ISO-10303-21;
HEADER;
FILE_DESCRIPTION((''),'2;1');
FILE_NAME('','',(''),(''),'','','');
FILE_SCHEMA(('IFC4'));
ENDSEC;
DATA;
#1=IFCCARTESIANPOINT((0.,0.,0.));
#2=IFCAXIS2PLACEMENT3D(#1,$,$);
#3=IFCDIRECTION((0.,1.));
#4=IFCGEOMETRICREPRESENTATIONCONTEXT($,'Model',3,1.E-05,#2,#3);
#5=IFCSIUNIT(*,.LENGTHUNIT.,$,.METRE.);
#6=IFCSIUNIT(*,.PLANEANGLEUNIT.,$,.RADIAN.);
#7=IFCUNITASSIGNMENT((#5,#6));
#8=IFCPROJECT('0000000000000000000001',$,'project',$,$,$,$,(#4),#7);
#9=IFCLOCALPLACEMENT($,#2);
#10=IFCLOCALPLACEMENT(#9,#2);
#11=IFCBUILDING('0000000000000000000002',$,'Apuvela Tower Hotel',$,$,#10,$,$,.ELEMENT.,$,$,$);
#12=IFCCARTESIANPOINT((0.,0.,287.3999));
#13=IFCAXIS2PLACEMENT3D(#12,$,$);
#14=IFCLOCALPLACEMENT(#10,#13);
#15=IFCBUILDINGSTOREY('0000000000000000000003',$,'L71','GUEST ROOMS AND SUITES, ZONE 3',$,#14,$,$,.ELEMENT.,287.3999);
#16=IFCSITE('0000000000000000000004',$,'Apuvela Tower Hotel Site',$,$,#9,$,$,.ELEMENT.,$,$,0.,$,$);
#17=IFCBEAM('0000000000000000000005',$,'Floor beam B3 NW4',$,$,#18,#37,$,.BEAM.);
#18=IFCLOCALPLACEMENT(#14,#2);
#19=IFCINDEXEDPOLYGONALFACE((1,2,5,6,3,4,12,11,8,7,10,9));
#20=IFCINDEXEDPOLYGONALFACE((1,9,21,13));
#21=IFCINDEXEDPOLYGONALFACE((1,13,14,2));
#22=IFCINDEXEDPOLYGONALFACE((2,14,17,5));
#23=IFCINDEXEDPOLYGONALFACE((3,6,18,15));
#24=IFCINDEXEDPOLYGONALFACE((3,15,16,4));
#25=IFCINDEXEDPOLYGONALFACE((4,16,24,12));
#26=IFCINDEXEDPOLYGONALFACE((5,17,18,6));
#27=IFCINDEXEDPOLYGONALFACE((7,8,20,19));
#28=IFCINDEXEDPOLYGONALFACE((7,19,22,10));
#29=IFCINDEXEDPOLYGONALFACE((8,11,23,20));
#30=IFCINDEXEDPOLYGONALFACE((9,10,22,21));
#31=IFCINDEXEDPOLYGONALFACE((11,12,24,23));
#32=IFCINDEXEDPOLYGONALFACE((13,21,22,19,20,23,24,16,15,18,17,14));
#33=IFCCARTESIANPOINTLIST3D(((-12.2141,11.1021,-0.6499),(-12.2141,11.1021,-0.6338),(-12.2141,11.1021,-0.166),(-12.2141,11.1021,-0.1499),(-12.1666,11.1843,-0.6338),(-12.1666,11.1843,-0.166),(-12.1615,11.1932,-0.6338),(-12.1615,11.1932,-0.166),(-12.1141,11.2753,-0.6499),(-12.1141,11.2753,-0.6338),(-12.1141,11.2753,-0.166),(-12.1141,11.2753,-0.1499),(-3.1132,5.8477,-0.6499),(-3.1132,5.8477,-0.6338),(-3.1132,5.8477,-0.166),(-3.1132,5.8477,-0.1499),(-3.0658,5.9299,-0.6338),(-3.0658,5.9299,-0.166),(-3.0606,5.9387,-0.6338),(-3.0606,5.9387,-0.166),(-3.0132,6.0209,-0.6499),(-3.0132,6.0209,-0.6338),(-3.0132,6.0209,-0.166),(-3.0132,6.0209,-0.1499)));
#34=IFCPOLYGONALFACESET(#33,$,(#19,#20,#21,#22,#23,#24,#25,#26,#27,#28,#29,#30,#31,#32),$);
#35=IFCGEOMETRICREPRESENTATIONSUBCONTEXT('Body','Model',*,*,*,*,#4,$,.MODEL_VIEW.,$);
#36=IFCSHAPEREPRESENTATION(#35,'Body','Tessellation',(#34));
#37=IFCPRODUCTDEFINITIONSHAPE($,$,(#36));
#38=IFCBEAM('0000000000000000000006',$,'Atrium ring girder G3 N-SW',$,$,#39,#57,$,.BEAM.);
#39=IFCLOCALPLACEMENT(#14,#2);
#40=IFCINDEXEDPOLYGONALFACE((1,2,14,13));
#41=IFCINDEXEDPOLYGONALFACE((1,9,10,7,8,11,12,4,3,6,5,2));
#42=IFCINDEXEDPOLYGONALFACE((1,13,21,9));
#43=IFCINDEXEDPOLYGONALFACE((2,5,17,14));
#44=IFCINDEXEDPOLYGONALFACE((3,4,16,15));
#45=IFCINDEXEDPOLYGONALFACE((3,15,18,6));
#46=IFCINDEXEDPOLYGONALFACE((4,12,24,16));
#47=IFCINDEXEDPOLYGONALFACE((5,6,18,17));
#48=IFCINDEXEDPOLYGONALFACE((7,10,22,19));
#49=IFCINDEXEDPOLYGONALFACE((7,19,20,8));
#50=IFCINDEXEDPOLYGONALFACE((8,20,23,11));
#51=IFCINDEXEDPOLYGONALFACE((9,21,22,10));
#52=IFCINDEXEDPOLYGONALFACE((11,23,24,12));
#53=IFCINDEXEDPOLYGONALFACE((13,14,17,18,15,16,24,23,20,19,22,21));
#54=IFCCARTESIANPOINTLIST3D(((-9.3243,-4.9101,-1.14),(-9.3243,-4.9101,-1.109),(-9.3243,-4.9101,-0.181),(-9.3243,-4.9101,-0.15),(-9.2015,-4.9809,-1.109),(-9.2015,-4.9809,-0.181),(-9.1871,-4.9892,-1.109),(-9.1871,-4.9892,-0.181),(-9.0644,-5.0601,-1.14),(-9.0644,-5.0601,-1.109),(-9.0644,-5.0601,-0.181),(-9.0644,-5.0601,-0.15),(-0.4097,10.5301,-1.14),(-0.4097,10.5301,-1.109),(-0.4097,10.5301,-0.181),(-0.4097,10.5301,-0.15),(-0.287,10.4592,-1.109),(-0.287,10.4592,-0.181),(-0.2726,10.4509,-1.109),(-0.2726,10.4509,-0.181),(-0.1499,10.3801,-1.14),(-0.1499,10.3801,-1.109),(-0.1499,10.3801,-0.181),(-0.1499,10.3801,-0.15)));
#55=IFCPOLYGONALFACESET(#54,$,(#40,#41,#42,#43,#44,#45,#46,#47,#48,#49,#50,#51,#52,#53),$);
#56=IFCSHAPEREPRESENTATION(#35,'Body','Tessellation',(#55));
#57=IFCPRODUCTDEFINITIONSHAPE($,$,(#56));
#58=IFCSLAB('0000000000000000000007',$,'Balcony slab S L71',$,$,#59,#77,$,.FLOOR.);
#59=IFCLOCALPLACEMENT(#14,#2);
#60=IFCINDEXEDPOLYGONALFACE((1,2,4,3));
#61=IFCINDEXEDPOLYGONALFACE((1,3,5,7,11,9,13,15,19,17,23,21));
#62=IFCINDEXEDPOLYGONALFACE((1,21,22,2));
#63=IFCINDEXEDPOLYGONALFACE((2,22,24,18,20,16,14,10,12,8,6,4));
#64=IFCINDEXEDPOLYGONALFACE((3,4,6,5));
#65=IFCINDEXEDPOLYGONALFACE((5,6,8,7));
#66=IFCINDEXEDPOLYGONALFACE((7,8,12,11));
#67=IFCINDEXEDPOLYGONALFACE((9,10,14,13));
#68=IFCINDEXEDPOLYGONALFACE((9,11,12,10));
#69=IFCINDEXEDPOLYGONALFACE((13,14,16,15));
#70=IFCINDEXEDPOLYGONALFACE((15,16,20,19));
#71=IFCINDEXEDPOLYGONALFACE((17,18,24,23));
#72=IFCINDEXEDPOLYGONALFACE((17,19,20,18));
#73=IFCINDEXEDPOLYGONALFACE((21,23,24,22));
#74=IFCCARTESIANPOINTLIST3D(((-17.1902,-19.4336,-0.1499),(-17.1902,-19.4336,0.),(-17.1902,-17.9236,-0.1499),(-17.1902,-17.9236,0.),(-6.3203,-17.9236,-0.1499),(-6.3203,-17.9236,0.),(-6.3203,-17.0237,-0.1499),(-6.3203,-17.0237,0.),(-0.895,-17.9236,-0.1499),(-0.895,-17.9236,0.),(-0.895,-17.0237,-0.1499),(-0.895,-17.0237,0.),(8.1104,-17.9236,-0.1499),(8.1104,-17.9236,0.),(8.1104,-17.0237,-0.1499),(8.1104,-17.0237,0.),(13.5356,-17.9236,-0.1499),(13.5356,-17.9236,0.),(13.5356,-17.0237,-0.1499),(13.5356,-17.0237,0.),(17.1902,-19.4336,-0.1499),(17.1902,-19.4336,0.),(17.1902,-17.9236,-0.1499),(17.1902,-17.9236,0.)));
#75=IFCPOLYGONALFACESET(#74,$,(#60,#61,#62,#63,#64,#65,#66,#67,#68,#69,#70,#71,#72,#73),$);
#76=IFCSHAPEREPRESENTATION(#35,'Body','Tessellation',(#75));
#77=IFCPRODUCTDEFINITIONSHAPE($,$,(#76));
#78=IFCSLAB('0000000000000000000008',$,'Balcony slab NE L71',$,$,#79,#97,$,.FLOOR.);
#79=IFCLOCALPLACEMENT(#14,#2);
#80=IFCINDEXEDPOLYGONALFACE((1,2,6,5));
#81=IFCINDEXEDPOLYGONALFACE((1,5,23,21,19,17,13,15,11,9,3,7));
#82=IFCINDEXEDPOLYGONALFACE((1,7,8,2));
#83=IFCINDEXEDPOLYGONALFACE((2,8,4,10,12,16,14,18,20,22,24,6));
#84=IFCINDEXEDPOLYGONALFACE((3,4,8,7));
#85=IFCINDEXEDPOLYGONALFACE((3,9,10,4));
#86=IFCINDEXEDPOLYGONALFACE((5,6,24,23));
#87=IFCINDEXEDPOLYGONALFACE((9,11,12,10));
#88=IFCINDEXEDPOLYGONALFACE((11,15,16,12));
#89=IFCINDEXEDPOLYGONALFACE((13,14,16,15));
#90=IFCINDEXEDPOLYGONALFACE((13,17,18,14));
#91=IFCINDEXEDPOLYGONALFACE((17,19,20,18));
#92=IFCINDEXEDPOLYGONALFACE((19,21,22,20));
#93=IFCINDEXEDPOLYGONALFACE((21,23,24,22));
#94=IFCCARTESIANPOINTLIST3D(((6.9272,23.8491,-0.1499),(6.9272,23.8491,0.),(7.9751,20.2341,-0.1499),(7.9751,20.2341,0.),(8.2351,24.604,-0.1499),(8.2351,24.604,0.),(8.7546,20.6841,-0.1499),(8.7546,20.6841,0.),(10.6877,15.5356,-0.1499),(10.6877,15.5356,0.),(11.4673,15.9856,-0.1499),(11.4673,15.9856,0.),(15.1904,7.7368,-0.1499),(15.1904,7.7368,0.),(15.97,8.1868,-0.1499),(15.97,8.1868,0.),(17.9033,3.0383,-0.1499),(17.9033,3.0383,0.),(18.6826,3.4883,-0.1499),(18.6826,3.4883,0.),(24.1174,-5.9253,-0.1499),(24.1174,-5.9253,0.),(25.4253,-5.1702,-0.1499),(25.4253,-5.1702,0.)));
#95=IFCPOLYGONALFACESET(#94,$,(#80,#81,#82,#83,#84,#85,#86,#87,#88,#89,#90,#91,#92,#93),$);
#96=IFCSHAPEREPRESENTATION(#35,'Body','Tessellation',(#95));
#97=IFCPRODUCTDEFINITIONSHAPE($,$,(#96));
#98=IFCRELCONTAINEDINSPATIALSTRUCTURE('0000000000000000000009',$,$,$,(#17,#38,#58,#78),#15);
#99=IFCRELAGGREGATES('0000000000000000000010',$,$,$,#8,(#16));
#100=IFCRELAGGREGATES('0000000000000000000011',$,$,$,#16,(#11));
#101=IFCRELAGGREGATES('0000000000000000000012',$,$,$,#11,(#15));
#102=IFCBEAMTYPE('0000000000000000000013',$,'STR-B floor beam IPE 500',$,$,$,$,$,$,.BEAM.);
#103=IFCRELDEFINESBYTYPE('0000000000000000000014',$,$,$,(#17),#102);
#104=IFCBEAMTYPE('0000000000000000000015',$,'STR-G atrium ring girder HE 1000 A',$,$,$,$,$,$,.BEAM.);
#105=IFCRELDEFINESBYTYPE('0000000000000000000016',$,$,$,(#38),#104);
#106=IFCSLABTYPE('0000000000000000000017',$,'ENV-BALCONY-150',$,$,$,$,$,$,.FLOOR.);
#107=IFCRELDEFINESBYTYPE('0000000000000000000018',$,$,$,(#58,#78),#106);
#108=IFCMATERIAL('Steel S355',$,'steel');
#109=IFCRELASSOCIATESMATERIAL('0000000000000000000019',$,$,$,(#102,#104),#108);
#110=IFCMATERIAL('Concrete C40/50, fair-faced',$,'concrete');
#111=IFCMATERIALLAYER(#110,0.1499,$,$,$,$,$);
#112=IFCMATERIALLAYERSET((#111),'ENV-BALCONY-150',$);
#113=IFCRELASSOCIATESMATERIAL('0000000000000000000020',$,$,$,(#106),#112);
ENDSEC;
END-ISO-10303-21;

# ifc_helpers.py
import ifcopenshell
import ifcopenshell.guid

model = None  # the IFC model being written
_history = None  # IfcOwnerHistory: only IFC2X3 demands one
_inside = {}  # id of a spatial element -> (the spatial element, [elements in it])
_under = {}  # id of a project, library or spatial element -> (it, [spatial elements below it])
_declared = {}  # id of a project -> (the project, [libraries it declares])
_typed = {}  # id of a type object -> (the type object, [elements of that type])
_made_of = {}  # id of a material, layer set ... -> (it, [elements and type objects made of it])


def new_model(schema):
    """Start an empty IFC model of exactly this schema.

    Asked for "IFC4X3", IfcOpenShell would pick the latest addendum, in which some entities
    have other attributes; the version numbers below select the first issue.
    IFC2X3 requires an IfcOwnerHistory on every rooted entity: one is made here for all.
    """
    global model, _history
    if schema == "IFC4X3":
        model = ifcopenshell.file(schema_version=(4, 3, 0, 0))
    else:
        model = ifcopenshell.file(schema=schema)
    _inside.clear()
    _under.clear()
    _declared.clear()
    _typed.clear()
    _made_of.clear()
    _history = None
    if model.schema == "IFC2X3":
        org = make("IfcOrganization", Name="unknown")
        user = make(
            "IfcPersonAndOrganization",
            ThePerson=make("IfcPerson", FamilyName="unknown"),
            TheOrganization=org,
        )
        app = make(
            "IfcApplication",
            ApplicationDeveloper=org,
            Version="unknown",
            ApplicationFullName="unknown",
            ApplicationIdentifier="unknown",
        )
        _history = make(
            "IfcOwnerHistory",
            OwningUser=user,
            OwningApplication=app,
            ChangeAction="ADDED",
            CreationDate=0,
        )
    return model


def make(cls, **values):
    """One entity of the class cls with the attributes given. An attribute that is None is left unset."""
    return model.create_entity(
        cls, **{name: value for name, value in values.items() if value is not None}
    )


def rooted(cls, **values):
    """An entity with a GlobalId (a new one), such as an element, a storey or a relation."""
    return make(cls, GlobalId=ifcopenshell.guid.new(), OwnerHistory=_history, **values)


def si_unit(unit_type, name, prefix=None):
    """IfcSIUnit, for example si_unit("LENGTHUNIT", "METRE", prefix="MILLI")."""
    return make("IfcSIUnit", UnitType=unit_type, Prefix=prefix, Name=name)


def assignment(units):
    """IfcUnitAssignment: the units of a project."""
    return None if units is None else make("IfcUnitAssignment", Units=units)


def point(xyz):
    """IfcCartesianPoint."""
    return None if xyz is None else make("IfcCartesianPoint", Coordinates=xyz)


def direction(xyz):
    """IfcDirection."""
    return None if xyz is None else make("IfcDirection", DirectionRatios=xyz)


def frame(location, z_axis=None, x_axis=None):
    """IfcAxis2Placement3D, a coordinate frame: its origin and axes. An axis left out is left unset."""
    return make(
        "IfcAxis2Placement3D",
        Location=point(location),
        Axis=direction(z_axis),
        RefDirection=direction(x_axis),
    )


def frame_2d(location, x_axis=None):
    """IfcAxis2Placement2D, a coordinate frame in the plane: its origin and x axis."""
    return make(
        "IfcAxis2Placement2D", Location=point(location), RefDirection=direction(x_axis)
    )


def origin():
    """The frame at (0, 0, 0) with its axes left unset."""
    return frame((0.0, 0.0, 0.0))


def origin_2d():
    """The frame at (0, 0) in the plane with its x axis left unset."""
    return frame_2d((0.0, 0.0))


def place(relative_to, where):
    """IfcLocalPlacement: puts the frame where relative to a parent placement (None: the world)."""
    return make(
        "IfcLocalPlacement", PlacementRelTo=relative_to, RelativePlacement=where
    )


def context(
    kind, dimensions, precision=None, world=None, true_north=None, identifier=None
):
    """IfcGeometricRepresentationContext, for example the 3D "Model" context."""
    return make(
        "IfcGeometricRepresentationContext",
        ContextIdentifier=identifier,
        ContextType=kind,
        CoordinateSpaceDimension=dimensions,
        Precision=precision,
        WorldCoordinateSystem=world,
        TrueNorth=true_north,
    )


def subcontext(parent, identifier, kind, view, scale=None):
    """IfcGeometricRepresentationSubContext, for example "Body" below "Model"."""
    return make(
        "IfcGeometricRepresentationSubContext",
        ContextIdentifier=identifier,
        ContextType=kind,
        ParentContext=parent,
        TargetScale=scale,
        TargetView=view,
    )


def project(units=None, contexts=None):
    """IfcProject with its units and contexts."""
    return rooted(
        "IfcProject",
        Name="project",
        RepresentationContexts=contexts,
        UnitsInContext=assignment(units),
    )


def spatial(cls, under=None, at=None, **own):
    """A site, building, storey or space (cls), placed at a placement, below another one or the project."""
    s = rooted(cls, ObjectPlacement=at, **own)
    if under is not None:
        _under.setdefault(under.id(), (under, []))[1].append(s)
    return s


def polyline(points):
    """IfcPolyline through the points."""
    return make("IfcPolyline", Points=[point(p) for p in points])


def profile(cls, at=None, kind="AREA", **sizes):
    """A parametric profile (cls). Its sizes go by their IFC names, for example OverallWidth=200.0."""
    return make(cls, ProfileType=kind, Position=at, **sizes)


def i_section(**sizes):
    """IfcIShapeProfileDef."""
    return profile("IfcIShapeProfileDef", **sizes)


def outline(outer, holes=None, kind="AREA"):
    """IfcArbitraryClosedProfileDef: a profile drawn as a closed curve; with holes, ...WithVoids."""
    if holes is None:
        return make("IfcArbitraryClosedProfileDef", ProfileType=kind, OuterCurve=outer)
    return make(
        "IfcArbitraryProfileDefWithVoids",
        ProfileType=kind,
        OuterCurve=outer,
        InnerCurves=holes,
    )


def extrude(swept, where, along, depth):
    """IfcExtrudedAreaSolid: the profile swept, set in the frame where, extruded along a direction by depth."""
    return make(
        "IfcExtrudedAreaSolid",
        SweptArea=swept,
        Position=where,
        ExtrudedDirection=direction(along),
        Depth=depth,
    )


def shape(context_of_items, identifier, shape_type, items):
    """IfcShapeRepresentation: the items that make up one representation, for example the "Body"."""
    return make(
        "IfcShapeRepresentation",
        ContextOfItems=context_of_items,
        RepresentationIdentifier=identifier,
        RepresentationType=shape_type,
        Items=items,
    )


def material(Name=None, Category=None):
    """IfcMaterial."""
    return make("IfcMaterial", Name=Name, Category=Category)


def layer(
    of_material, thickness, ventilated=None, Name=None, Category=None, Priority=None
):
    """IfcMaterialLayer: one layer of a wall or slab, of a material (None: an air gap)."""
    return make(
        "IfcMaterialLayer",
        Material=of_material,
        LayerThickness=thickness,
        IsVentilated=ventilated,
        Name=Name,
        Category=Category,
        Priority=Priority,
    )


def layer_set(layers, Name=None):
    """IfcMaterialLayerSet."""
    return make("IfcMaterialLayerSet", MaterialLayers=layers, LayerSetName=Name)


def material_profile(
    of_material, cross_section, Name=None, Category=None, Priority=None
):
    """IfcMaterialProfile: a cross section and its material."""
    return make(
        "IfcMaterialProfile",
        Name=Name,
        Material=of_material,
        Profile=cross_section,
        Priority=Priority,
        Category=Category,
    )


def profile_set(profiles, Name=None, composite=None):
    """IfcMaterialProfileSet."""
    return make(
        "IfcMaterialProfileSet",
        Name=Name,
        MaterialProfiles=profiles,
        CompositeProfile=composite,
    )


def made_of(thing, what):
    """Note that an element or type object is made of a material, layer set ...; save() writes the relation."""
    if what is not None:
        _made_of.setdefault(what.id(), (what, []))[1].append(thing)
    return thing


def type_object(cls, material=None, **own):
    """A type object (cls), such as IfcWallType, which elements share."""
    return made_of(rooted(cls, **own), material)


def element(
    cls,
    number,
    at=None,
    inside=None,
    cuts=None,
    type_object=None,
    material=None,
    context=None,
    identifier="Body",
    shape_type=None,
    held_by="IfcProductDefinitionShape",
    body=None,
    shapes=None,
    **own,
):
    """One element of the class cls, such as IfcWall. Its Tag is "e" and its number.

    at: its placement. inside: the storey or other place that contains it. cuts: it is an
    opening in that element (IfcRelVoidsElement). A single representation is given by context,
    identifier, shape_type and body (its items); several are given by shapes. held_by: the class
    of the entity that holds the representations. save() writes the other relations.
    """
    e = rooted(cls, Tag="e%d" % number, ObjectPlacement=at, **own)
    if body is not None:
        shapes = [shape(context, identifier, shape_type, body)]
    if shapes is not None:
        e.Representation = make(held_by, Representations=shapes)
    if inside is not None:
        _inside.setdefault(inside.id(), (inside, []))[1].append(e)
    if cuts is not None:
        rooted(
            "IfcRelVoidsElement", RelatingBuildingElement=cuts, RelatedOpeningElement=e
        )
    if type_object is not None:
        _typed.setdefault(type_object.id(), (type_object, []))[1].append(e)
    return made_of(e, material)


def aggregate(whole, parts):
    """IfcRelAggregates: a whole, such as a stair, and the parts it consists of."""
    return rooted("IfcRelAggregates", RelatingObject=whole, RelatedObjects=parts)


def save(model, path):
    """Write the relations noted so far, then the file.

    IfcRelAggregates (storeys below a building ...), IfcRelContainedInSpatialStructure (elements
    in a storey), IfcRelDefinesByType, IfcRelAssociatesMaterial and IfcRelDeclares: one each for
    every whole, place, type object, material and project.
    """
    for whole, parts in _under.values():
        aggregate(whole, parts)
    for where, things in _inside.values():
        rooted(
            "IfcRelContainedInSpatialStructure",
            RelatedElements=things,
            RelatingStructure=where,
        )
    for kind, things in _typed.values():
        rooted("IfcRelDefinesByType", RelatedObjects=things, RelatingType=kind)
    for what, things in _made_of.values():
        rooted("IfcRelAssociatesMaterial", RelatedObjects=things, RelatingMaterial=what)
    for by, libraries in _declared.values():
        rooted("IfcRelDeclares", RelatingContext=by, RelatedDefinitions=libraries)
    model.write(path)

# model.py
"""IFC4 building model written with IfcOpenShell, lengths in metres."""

from ifc_helpers import new_model, si_unit, direction, frame, origin, origin_2d, place, context, subcontext, project, spatial, polyline, i_section, outline, extrude, material, layer, layer_set, material_profile, profile_set, type_object, element, save


model = new_model("IFC4")

# Units and contexts
model_context = context("Model", 3, precision=1e-05, world=origin(), true_north=direction((0.0, 1.0)))
body_context = subcontext(model_context, "Body", "Model", "MODEL_VIEW")
ifc_project = project(units=[si_unit("LENGTHUNIT", "METRE"), si_unit("PLANEANGLEUNIT", "RADIAN")], contexts=[model_context])

# Site, building, storey
site_placement = place(None, origin())
site = spatial("IfcSite", under=ifc_project, at=site_placement, Name="Apuvela Tower Hotel Site", CompositionType="ELEMENT", RefElevation=0.0)
building_placement = place(site_placement, origin())
building = spatial("IfcBuilding", under=site, at=building_placement, Name="Apuvela Tower Hotel", CompositionType="ELEMENT")
storey_placement = place(building_placement, frame((0.0, 0.0, 287.3999)))
storey = spatial("IfcBuildingStorey", under=building, at=storey_placement, Name="L71", Description="GUEST ROOMS AND SUITES, ZONE 3", CompositionType="ELEMENT", Elevation=287.3999)

# Beams
ifc_material_1 = material(Name="Steel S355", Category="steel")
ifc_material_profile_1 = material_profile(ifc_material_1, i_section(OverallWidth=0.2, OverallDepth=0.5, WebThickness=0.0103, FlangeThickness=0.0161, at=origin_2d()), Name="IPE 500")
ifc_profile_set_1 = profile_set([ifc_material_profile_1], Name="Steel S355")
beam_type_1 = type_object("IfcBeamType", Name="STR-B floor beam IPE 500", PredefinedType="BEAM", material=ifc_profile_set_1)
beam_1_placement = place(storey_placement, frame((-12.1641, 11.1887, -0.3999), z_axis=(0.866024, -0.500002, 0.0), x_axis=(0.500002, 0.866024, 0.0)))
element("IfcBeam", 1, at=beam_1_placement, inside=storey, type_object=beam_type_1, Name="Floor beam B3 NW4", PredefinedType="BEAM", context=body_context, shape_type="SweptSolid", body=[
    extrude(i_section(OverallWidth=0.2, OverallDepth=0.5, WebThickness=0.0103, FlangeThickness=0.0161, at=origin_2d()), origin(), (0.0, 0.0, 1.0), 10.5088),
])
ifc_material_profile_2 = material_profile(ifc_material_1, i_section(OverallWidth=0.3, OverallDepth=0.99, WebThickness=0.0166, FlangeThickness=0.031, at=origin_2d()), Name="HE 1000 A")
ifc_profile_set_2 = profile_set([ifc_material_profile_2], Name="Steel S355")
beam_type_2 = type_object("IfcBeamType", Name="STR-G atrium ring girder HE 1000 A", PredefinedType="BEAM", material=ifc_profile_set_2)
beam_2_placement = place(storey_placement, frame((-0.2798, 10.4551, -0.645), z_axis=(-0.500007, -0.866022, 0.0), x_axis=(0.866022, -0.500007, 0.0)))
element("IfcBeam", 2, at=beam_2_placement, inside=storey, type_object=beam_type_2, Name="Atrium ring girder G3 N-SW", PredefinedType="BEAM", context=body_context, shape_type="SweptSolid", body=[
    extrude(i_section(OverallWidth=0.3, OverallDepth=0.99, WebThickness=0.0166, FlangeThickness=0.031, at=origin_2d()), origin(), (0.0, 0.0, 1.0), 17.8289),
])

# Slabs
ifc_material_2 = material(Name="Concrete C40/50, fair-faced", Category="concrete")
ifc_layer_1 = layer(ifc_material_2, 0.1499)
ifc_layer_set_1 = layer_set([ifc_layer_1], Name="ENV-BALCONY-150")
slab_type_1 = type_object("IfcSlabType", Name="ENV-BALCONY-150", PredefinedType="FLOOR", material=ifc_layer_set_1)
slab_1_placement = place(storey_placement, frame((0.0, 0.0, -0.1499)))
element("IfcSlab", 3, at=slab_1_placement, inside=storey, type_object=slab_type_1, Name="Balcony slab S L71", PredefinedType="FLOOR", context=body_context, shape_type="SweptSolid", body=[
    extrude(outline(polyline([(17.1902, -19.4336), (-17.1902, -19.4336), (-17.1902, -17.9236), (-6.3203, -17.9236), (-6.3203, -17.0237), (-0.895, -17.0237), (-0.895, -17.9236), (8.1104, -17.9236), (8.1104, -17.0237), (13.5356, -17.0237), (13.5356, -17.9236), (17.1902, -17.9236), (17.1902, -19.4336)])), origin(), (0.0, 0.0, 1.0), 0.1499),
])
slab_2_placement = place(storey_placement, frame((0.0, 0.0, -0.1499)))
element("IfcSlab", 4, at=slab_2_placement, inside=storey, type_object=slab_type_1, Name="Balcony slab NE L71", PredefinedType="FLOOR", context=body_context, shape_type="SweptSolid", body=[
    extrude(outline(polyline([(15.97, 8.1868), (11.4673, 15.9856), (10.6877, 15.5356), (7.9751, 20.2341), (8.7546, 20.6841), (6.9272, 23.8491), (8.2351, 24.604), (25.4253, -5.1702), (24.1174, -5.9253), (18.6826, 3.4883), (17.9033, 3.0383), (15.1904, 7.7368), (15.97, 8.1868)])), origin(), (0.0, 0.0, 1.0), 0.1499),
])

save(model, "model.ifc")
